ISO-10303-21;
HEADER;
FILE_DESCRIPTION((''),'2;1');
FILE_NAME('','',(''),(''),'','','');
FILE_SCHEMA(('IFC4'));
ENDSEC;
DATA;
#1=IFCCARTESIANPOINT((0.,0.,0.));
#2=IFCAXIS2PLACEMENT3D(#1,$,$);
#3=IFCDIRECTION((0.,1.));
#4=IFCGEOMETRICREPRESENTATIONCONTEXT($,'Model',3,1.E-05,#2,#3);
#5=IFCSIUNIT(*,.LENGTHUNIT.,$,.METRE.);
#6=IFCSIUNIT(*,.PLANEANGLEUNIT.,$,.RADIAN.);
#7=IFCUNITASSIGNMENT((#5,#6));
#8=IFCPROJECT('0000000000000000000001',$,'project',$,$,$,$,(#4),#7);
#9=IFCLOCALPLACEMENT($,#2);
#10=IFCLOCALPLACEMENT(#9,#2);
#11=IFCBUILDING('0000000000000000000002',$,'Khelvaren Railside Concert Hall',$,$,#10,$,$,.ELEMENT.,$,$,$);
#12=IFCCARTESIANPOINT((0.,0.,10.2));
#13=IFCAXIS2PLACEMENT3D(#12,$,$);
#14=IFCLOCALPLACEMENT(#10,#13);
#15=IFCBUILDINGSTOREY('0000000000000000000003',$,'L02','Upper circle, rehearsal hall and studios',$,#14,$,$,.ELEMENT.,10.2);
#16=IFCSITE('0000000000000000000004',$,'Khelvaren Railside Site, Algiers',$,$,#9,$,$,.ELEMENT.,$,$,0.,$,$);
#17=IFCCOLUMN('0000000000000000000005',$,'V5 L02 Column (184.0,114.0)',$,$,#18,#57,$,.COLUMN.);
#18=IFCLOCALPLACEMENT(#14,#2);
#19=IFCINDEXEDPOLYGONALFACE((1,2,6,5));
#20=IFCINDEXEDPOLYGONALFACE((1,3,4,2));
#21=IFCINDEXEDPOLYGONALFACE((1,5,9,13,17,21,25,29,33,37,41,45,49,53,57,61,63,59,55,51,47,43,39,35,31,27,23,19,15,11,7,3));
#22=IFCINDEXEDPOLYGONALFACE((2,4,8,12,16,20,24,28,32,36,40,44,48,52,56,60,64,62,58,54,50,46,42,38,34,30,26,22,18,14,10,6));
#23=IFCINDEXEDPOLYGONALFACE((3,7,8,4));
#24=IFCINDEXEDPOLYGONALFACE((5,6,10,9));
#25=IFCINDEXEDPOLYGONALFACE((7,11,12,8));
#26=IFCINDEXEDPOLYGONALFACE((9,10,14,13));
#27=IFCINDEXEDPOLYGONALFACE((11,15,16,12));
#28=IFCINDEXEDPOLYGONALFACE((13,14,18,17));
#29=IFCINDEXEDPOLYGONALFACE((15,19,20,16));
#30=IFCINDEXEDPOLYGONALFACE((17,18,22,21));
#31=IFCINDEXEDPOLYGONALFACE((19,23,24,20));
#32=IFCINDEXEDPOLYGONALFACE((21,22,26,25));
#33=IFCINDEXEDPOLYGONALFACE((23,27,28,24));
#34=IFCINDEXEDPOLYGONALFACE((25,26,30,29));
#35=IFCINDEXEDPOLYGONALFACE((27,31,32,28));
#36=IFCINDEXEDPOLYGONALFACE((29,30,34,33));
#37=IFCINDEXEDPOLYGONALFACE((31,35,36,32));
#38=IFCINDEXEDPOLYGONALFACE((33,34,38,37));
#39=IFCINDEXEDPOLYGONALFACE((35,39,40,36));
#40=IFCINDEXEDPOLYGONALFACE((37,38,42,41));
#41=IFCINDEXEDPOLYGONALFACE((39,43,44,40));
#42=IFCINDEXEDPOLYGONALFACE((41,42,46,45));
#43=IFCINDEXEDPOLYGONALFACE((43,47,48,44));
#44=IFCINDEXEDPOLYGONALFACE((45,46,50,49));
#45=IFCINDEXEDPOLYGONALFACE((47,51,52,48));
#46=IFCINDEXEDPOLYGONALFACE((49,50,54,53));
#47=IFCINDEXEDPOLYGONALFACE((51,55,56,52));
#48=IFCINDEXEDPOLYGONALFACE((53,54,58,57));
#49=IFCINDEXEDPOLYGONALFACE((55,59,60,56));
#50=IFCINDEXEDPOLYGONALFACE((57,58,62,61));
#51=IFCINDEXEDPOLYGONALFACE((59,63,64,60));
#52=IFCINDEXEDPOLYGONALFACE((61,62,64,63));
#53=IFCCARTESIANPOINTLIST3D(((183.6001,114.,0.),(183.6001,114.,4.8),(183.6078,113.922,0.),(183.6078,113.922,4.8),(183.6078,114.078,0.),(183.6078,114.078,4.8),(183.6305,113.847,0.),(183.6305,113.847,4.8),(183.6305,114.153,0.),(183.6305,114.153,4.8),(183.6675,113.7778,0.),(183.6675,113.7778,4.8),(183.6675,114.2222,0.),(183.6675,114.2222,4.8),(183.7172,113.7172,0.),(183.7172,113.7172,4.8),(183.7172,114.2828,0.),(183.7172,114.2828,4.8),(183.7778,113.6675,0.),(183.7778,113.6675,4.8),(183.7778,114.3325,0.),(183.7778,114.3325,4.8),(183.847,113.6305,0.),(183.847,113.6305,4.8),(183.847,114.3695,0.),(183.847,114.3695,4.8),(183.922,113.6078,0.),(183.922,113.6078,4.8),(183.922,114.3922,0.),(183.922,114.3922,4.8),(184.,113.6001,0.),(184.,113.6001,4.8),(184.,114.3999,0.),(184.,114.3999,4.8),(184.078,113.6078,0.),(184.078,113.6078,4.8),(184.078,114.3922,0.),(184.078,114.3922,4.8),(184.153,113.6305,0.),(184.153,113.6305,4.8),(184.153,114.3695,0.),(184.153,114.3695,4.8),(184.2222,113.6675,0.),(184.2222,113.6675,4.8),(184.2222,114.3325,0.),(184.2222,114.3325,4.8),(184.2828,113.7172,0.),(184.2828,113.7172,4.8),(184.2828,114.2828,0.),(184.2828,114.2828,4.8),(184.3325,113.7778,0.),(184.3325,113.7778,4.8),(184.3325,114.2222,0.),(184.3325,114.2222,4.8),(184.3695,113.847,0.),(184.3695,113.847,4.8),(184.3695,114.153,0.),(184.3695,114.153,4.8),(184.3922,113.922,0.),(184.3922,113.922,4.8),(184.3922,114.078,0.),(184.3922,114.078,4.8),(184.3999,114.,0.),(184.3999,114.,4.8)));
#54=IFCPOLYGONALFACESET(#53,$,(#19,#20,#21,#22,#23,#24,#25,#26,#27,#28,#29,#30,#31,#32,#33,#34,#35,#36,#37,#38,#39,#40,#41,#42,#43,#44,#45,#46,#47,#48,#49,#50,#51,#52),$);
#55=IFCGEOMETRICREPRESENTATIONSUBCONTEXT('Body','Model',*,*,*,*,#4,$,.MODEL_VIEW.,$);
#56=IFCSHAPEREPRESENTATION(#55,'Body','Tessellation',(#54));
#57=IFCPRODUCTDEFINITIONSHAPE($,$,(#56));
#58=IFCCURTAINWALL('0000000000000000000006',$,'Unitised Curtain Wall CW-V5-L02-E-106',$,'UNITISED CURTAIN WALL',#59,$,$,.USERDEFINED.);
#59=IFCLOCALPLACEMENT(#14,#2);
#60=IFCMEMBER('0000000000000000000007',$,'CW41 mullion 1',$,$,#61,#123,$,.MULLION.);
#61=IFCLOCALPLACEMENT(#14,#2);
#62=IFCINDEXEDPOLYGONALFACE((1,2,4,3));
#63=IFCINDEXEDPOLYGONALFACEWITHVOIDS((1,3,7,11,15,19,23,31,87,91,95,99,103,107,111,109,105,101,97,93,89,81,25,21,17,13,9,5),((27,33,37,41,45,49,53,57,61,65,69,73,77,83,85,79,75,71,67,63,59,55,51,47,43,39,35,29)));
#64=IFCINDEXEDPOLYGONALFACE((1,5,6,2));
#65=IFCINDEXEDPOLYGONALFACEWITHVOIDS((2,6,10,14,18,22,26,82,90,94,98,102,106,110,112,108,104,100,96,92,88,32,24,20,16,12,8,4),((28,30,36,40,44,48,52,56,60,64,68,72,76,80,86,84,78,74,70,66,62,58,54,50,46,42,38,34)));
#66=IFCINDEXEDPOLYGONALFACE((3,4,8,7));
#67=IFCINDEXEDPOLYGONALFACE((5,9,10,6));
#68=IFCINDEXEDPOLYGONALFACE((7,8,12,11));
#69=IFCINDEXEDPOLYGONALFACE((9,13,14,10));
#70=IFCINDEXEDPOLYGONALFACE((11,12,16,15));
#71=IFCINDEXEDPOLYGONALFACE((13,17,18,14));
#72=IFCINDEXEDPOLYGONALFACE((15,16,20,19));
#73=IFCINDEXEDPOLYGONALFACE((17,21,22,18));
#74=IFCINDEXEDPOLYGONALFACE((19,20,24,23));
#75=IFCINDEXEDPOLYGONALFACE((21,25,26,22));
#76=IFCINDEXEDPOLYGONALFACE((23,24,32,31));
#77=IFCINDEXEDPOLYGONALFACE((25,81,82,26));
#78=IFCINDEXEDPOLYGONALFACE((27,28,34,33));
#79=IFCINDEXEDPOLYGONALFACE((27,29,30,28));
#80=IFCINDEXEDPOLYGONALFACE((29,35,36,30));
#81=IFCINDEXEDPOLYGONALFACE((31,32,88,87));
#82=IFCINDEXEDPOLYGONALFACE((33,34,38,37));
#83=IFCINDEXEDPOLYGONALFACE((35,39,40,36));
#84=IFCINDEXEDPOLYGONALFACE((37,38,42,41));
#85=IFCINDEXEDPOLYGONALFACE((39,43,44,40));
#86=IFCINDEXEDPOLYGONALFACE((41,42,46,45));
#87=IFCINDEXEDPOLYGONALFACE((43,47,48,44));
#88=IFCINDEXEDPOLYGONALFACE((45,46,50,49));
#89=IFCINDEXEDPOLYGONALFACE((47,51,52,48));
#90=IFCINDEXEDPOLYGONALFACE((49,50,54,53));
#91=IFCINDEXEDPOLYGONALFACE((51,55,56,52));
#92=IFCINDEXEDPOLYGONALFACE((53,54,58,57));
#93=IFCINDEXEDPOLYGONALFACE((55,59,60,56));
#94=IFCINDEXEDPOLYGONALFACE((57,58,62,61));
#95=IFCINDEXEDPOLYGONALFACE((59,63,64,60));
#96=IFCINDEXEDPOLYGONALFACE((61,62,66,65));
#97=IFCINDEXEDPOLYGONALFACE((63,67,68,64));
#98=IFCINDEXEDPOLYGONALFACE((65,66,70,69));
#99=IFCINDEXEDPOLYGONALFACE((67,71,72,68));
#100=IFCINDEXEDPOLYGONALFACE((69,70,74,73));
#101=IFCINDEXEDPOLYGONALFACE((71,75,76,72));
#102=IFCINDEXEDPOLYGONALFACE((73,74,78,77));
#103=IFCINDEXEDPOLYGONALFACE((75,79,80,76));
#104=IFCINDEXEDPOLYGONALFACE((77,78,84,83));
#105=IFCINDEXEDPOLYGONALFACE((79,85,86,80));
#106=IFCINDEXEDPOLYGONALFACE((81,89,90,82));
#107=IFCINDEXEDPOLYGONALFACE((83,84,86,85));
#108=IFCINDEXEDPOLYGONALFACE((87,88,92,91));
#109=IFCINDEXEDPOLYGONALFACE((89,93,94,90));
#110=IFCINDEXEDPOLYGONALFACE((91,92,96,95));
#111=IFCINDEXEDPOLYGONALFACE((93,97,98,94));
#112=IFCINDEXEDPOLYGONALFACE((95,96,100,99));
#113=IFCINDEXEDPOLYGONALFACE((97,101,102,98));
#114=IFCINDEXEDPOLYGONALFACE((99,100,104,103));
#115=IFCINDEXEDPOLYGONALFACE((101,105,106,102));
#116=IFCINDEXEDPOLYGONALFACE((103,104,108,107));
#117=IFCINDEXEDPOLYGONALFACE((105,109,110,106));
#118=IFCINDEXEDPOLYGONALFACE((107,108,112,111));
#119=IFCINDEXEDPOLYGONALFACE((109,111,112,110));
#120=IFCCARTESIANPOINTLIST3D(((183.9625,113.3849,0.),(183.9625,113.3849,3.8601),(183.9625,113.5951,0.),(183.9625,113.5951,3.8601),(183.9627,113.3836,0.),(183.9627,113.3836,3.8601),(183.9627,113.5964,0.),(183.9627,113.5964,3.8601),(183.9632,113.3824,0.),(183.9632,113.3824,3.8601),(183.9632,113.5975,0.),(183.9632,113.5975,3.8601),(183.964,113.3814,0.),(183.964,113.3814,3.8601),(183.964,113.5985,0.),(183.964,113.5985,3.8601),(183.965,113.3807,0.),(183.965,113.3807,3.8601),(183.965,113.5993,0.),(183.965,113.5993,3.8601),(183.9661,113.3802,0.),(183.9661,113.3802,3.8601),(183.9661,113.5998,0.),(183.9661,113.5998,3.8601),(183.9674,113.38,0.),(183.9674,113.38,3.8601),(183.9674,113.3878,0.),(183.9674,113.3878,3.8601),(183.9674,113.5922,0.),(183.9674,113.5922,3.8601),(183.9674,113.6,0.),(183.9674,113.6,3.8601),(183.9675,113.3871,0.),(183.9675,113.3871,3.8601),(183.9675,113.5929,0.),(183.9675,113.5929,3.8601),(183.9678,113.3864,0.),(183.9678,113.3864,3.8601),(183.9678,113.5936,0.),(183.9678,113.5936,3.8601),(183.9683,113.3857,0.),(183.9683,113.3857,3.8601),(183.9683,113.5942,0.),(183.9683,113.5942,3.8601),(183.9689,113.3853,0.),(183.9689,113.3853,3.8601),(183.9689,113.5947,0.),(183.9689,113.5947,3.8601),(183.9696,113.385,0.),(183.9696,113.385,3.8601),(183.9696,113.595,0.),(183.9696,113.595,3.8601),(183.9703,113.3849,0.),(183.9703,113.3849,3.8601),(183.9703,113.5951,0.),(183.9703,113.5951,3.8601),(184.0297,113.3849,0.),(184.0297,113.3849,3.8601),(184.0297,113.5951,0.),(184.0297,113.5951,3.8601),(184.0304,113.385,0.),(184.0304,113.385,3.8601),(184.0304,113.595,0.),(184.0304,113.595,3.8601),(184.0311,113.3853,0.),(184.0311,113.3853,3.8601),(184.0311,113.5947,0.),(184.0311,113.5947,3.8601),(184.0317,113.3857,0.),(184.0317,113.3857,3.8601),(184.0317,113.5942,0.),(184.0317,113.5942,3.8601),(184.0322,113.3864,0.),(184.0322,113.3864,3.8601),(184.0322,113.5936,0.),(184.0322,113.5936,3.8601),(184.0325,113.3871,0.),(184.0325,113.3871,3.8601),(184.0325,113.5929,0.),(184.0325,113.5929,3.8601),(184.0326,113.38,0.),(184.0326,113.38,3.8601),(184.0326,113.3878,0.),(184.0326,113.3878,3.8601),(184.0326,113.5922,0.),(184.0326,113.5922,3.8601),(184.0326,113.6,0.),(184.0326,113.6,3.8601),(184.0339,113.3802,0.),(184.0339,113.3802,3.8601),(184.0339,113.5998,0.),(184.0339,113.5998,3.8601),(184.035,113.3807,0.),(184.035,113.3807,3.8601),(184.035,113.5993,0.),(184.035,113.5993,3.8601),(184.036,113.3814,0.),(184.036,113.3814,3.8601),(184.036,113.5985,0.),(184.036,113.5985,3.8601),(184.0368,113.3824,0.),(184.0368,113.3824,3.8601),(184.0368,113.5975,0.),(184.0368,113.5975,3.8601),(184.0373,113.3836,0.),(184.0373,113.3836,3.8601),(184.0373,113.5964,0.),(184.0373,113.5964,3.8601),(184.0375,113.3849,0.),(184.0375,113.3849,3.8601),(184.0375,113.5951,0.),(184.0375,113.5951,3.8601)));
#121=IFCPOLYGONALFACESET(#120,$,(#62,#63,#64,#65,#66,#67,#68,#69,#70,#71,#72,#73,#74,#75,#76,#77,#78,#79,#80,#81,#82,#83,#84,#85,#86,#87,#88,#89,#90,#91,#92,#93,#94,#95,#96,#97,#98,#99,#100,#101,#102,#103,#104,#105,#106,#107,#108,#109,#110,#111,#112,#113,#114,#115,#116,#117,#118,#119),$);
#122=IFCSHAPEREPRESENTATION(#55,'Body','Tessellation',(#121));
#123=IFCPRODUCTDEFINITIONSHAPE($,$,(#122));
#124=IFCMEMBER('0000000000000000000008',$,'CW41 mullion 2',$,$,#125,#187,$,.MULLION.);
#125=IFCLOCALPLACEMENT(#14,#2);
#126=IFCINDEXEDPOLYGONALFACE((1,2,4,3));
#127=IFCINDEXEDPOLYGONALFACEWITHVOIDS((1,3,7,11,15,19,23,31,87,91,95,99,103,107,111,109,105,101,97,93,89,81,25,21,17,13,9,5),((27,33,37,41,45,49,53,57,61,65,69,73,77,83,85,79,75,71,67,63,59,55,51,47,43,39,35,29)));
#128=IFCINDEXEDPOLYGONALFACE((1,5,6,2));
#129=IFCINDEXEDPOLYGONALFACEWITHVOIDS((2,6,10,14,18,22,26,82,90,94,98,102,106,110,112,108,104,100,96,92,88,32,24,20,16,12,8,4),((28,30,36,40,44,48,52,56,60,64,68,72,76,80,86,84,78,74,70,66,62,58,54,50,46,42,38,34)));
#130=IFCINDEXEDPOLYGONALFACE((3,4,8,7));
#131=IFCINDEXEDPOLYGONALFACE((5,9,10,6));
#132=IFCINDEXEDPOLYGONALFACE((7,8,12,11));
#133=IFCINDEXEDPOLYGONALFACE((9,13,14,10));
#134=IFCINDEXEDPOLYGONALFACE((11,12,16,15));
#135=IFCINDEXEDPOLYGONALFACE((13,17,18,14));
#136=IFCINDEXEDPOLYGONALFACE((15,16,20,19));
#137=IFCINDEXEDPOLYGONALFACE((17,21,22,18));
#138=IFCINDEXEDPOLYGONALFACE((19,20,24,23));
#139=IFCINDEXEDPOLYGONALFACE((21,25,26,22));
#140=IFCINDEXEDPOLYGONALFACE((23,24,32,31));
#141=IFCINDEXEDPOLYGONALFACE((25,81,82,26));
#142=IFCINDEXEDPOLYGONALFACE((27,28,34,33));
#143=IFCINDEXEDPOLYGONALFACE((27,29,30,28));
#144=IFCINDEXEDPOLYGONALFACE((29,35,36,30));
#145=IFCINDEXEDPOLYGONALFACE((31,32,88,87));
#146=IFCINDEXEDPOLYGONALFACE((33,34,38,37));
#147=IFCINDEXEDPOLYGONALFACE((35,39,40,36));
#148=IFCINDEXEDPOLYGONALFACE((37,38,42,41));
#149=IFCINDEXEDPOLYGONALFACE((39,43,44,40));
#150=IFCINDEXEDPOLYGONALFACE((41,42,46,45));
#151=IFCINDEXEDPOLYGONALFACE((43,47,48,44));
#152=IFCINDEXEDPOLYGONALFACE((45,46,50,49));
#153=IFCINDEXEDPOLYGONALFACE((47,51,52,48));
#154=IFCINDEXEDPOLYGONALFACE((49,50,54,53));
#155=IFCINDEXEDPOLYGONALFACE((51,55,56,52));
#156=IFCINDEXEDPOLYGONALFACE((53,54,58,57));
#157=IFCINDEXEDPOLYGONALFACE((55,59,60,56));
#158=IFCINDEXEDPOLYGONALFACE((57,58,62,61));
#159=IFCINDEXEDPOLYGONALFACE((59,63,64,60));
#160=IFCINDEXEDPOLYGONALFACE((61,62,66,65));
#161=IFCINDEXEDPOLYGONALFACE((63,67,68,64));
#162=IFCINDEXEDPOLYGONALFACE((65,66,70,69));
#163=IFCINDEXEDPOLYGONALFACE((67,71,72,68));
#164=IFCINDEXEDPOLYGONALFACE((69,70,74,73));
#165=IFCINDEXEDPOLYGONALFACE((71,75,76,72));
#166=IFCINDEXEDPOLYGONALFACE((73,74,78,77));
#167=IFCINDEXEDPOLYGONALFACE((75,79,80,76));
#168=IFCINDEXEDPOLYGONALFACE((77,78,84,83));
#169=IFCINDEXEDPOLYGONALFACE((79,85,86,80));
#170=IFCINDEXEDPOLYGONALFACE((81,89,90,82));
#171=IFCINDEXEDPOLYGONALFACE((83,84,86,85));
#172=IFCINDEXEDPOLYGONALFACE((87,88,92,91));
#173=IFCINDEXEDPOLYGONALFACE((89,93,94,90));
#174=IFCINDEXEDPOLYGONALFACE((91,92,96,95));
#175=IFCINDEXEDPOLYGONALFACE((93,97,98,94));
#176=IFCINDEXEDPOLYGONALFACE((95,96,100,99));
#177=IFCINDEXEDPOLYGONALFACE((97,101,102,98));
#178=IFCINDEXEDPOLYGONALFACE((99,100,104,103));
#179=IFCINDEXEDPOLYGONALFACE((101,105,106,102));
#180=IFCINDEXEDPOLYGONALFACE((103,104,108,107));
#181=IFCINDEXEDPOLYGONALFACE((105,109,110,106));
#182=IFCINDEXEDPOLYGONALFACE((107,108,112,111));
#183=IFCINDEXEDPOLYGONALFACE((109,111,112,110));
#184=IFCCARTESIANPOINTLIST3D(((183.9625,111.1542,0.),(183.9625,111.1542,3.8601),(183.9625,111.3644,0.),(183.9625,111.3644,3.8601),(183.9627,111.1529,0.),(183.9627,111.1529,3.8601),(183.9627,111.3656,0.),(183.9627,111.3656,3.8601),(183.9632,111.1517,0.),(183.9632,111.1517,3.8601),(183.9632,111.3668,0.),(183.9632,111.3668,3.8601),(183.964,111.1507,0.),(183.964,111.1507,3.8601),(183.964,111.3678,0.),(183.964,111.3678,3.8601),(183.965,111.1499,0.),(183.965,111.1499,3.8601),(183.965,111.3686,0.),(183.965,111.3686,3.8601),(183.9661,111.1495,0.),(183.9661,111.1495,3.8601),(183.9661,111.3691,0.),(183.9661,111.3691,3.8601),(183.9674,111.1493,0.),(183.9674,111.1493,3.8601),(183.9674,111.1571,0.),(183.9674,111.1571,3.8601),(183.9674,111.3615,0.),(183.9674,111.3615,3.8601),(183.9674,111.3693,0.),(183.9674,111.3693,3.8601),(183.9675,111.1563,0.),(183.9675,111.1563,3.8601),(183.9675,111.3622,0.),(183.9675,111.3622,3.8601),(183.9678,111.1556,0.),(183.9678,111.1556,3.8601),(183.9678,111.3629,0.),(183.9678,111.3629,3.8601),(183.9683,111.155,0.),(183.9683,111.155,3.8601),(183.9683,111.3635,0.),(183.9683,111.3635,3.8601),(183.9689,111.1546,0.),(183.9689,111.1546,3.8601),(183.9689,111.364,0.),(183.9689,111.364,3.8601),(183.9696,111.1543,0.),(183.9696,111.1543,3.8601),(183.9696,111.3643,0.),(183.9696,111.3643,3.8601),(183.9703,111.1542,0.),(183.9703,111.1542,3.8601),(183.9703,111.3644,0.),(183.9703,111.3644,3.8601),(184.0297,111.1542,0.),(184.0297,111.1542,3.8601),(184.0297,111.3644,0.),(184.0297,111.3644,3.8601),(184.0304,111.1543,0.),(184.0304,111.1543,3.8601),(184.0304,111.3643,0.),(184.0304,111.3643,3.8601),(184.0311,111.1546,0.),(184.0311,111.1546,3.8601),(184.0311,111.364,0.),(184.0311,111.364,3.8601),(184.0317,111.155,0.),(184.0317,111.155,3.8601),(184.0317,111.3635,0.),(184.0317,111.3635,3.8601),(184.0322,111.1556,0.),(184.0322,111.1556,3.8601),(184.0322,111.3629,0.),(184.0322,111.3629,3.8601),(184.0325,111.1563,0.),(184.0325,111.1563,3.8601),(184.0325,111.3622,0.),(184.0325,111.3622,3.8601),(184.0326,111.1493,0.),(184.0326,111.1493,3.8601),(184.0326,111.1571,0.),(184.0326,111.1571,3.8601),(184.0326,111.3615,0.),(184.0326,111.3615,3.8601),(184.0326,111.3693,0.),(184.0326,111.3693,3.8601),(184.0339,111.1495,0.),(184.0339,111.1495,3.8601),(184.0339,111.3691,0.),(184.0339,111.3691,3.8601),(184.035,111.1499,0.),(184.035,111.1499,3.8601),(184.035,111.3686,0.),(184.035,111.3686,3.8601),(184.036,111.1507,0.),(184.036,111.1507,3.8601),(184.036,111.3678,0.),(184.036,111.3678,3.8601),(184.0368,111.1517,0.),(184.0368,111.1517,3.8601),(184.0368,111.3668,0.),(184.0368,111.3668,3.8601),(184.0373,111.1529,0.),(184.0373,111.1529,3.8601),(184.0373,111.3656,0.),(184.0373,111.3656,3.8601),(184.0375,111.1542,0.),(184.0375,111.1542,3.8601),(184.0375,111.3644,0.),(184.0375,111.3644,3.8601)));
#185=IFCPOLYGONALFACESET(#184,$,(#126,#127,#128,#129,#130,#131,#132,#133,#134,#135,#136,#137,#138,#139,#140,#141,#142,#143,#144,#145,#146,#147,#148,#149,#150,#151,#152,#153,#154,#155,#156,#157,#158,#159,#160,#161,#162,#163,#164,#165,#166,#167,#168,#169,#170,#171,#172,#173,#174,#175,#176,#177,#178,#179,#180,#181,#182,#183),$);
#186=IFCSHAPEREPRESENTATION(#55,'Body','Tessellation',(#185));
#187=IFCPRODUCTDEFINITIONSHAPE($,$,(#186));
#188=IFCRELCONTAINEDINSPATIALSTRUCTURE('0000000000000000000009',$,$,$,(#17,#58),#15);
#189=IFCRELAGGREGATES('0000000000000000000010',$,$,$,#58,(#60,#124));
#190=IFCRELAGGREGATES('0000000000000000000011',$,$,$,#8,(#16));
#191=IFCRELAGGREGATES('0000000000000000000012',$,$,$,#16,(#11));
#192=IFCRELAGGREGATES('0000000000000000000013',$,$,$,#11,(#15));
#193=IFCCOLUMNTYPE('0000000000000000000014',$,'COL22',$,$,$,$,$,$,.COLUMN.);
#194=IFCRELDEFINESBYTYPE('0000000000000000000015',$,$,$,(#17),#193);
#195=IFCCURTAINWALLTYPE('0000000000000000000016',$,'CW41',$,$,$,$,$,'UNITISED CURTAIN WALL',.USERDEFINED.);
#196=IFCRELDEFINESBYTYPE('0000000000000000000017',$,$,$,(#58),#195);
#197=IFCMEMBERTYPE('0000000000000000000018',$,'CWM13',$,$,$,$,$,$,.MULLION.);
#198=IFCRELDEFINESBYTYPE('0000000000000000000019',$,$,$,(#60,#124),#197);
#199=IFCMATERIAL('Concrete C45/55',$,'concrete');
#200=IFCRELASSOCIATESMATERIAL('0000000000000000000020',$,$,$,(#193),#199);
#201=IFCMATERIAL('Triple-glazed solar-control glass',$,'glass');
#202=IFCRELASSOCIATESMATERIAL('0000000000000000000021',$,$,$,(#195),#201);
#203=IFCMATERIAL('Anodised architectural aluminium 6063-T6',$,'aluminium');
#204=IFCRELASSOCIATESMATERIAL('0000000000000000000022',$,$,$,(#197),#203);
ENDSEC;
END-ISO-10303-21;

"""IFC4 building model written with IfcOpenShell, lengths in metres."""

from ifc_helpers import new_model, si_unit, direction, frame, origin, origin_2d, place, context, subcontext, project, spatial, hollow_rectangle, circle, extrude, material, material_profile, profile_set, type_object, element, aggregate, save


model = new_model("IFC4")

# Units and contexts
model_context = context("Model", 3, precision=1e-05, world=origin(), true_north=direction((0.0, 1.0)))
body_context = subcontext(model_context, "Body", "Model", "MODEL_VIEW")
ifc_project = project(units=[si_unit("LENGTHUNIT", "METRE"), si_unit("PLANEANGLEUNIT", "RADIAN")], contexts=[model_context])

# Site, building, storey
site_placement = place(None, origin())
site = spatial("IfcSite", under=ifc_project, at=site_placement, Name="Khelvaren Railside Site, Algiers", CompositionType="ELEMENT", RefElevation=0.0)
building_placement = place(site_placement, origin())
building = spatial("IfcBuilding", under=site, at=building_placement, Name="Khelvaren Railside Concert Hall", CompositionType="ELEMENT")
storey_placement = place(building_placement, frame((0.0, 0.0, 10.2)))
storey = spatial("IfcBuildingStorey", under=building, at=storey_placement, Name="L02", Description="Upper circle, rehearsal hall and studios", CompositionType="ELEMENT", Elevation=10.2)

# Column
ifc_material_1 = material(Name="Concrete C45/55", Category="concrete")
ifc_material_profile_1 = material_profile(ifc_material_1, circle(Radius=0.3999, at=origin_2d()), Name="RC D800")
ifc_profile_set_1 = profile_set([ifc_material_profile_1], Name="Concrete C45/55")
column_type = type_object("IfcColumnType", Name="COL22", PredefinedType="COLUMN", material=ifc_profile_set_1)
column_placement = place(storey_placement, frame((184.0, 114.0, 0.0), z_axis=(0.0, 0.0, 1.0), x_axis=(1.0, 0.0, 0.0)))
element("IfcColumn", 1, at=column_placement, inside=storey, type_object=column_type, Name="V5 L02 Column (184.0,114.0)", PredefinedType="COLUMN", context=body_context, shape_type="SweptSolid", body=[
    extrude(circle(Radius=0.3999, at=origin_2d()), origin(), (0.0, 0.0, 1.0), 4.8),
])

# Curtain wall, members
ifc_material_2 = material(Name="Triple-glazed solar-control glass", Category="glass")
curtain_wall_type = type_object("IfcCurtainWallType", Name="CW41", ElementType="UNITISED CURTAIN WALL", PredefinedType="USERDEFINED", material=ifc_material_2)
curtain_wall_placement = place(storey_placement, origin())
curtain_wall = element("IfcCurtainWall", 2, at=curtain_wall_placement, inside=storey, type_object=curtain_wall_type, Name="Unitised Curtain Wall CW-V5-L02-E-106", ObjectType="UNITISED CURTAIN WALL", PredefinedType="USERDEFINED")
ifc_material_3 = material(Name="Anodised architectural aluminium 6063-T6", Category="aluminium")
ifc_material_profile_2 = material_profile(ifc_material_3, hollow_rectangle(XDim=0.075, YDim=0.22, WallThickness=0.0049, InnerFilletRadius=0.0029, OuterFilletRadius=0.0049, at=origin_2d()), Name="CWM 75x220x5")
ifc_profile_set_2 = profile_set([ifc_material_profile_2], Name="Anodised architectural aluminium 6063-T6")
member_type_1 = type_object("IfcMemberType", Name="CWM13", PredefinedType="MULLION", material=ifc_profile_set_2)
member_1_placement = place(storey_placement, frame((184.0, 113.49, 0.0), z_axis=(0.0, 0.0, 1.0), x_axis=(1.0, 0.0, 0.0)))
member_1 = element("IfcMember", 3, at=member_1_placement, type_object=member_type_1, Name="CW41 mullion 1", PredefinedType="MULLION", context=body_context, shape_type="SweptSolid", body=[
    extrude(hollow_rectangle(XDim=0.075, YDim=0.22, WallThickness=0.0049, InnerFilletRadius=0.0029, OuterFilletRadius=0.0049, at=origin_2d()), origin(), (0.0, 0.0, 1.0), 3.8601),
])
member_2_placement = place(storey_placement, frame((184.0, 111.2593, 0.0), z_axis=(0.0, 0.0, 1.0), x_axis=(1.0, 0.0, 0.0)))
member_2 = element("IfcMember", 4, at=member_2_placement, type_object=member_type_1, Name="CW41 mullion 2", PredefinedType="MULLION", context=body_context, shape_type="SweptSolid", body=[
    extrude(hollow_rectangle(XDim=0.075, YDim=0.22, WallThickness=0.0049, InnerFilletRadius=0.0029, OuterFilletRadius=0.0049, at=origin_2d()), origin(), (0.0, 0.0, 1.0), 3.8601),
])
aggregate(curtain_wall, [member_1, member_2])

save(model, "model.ifc")
